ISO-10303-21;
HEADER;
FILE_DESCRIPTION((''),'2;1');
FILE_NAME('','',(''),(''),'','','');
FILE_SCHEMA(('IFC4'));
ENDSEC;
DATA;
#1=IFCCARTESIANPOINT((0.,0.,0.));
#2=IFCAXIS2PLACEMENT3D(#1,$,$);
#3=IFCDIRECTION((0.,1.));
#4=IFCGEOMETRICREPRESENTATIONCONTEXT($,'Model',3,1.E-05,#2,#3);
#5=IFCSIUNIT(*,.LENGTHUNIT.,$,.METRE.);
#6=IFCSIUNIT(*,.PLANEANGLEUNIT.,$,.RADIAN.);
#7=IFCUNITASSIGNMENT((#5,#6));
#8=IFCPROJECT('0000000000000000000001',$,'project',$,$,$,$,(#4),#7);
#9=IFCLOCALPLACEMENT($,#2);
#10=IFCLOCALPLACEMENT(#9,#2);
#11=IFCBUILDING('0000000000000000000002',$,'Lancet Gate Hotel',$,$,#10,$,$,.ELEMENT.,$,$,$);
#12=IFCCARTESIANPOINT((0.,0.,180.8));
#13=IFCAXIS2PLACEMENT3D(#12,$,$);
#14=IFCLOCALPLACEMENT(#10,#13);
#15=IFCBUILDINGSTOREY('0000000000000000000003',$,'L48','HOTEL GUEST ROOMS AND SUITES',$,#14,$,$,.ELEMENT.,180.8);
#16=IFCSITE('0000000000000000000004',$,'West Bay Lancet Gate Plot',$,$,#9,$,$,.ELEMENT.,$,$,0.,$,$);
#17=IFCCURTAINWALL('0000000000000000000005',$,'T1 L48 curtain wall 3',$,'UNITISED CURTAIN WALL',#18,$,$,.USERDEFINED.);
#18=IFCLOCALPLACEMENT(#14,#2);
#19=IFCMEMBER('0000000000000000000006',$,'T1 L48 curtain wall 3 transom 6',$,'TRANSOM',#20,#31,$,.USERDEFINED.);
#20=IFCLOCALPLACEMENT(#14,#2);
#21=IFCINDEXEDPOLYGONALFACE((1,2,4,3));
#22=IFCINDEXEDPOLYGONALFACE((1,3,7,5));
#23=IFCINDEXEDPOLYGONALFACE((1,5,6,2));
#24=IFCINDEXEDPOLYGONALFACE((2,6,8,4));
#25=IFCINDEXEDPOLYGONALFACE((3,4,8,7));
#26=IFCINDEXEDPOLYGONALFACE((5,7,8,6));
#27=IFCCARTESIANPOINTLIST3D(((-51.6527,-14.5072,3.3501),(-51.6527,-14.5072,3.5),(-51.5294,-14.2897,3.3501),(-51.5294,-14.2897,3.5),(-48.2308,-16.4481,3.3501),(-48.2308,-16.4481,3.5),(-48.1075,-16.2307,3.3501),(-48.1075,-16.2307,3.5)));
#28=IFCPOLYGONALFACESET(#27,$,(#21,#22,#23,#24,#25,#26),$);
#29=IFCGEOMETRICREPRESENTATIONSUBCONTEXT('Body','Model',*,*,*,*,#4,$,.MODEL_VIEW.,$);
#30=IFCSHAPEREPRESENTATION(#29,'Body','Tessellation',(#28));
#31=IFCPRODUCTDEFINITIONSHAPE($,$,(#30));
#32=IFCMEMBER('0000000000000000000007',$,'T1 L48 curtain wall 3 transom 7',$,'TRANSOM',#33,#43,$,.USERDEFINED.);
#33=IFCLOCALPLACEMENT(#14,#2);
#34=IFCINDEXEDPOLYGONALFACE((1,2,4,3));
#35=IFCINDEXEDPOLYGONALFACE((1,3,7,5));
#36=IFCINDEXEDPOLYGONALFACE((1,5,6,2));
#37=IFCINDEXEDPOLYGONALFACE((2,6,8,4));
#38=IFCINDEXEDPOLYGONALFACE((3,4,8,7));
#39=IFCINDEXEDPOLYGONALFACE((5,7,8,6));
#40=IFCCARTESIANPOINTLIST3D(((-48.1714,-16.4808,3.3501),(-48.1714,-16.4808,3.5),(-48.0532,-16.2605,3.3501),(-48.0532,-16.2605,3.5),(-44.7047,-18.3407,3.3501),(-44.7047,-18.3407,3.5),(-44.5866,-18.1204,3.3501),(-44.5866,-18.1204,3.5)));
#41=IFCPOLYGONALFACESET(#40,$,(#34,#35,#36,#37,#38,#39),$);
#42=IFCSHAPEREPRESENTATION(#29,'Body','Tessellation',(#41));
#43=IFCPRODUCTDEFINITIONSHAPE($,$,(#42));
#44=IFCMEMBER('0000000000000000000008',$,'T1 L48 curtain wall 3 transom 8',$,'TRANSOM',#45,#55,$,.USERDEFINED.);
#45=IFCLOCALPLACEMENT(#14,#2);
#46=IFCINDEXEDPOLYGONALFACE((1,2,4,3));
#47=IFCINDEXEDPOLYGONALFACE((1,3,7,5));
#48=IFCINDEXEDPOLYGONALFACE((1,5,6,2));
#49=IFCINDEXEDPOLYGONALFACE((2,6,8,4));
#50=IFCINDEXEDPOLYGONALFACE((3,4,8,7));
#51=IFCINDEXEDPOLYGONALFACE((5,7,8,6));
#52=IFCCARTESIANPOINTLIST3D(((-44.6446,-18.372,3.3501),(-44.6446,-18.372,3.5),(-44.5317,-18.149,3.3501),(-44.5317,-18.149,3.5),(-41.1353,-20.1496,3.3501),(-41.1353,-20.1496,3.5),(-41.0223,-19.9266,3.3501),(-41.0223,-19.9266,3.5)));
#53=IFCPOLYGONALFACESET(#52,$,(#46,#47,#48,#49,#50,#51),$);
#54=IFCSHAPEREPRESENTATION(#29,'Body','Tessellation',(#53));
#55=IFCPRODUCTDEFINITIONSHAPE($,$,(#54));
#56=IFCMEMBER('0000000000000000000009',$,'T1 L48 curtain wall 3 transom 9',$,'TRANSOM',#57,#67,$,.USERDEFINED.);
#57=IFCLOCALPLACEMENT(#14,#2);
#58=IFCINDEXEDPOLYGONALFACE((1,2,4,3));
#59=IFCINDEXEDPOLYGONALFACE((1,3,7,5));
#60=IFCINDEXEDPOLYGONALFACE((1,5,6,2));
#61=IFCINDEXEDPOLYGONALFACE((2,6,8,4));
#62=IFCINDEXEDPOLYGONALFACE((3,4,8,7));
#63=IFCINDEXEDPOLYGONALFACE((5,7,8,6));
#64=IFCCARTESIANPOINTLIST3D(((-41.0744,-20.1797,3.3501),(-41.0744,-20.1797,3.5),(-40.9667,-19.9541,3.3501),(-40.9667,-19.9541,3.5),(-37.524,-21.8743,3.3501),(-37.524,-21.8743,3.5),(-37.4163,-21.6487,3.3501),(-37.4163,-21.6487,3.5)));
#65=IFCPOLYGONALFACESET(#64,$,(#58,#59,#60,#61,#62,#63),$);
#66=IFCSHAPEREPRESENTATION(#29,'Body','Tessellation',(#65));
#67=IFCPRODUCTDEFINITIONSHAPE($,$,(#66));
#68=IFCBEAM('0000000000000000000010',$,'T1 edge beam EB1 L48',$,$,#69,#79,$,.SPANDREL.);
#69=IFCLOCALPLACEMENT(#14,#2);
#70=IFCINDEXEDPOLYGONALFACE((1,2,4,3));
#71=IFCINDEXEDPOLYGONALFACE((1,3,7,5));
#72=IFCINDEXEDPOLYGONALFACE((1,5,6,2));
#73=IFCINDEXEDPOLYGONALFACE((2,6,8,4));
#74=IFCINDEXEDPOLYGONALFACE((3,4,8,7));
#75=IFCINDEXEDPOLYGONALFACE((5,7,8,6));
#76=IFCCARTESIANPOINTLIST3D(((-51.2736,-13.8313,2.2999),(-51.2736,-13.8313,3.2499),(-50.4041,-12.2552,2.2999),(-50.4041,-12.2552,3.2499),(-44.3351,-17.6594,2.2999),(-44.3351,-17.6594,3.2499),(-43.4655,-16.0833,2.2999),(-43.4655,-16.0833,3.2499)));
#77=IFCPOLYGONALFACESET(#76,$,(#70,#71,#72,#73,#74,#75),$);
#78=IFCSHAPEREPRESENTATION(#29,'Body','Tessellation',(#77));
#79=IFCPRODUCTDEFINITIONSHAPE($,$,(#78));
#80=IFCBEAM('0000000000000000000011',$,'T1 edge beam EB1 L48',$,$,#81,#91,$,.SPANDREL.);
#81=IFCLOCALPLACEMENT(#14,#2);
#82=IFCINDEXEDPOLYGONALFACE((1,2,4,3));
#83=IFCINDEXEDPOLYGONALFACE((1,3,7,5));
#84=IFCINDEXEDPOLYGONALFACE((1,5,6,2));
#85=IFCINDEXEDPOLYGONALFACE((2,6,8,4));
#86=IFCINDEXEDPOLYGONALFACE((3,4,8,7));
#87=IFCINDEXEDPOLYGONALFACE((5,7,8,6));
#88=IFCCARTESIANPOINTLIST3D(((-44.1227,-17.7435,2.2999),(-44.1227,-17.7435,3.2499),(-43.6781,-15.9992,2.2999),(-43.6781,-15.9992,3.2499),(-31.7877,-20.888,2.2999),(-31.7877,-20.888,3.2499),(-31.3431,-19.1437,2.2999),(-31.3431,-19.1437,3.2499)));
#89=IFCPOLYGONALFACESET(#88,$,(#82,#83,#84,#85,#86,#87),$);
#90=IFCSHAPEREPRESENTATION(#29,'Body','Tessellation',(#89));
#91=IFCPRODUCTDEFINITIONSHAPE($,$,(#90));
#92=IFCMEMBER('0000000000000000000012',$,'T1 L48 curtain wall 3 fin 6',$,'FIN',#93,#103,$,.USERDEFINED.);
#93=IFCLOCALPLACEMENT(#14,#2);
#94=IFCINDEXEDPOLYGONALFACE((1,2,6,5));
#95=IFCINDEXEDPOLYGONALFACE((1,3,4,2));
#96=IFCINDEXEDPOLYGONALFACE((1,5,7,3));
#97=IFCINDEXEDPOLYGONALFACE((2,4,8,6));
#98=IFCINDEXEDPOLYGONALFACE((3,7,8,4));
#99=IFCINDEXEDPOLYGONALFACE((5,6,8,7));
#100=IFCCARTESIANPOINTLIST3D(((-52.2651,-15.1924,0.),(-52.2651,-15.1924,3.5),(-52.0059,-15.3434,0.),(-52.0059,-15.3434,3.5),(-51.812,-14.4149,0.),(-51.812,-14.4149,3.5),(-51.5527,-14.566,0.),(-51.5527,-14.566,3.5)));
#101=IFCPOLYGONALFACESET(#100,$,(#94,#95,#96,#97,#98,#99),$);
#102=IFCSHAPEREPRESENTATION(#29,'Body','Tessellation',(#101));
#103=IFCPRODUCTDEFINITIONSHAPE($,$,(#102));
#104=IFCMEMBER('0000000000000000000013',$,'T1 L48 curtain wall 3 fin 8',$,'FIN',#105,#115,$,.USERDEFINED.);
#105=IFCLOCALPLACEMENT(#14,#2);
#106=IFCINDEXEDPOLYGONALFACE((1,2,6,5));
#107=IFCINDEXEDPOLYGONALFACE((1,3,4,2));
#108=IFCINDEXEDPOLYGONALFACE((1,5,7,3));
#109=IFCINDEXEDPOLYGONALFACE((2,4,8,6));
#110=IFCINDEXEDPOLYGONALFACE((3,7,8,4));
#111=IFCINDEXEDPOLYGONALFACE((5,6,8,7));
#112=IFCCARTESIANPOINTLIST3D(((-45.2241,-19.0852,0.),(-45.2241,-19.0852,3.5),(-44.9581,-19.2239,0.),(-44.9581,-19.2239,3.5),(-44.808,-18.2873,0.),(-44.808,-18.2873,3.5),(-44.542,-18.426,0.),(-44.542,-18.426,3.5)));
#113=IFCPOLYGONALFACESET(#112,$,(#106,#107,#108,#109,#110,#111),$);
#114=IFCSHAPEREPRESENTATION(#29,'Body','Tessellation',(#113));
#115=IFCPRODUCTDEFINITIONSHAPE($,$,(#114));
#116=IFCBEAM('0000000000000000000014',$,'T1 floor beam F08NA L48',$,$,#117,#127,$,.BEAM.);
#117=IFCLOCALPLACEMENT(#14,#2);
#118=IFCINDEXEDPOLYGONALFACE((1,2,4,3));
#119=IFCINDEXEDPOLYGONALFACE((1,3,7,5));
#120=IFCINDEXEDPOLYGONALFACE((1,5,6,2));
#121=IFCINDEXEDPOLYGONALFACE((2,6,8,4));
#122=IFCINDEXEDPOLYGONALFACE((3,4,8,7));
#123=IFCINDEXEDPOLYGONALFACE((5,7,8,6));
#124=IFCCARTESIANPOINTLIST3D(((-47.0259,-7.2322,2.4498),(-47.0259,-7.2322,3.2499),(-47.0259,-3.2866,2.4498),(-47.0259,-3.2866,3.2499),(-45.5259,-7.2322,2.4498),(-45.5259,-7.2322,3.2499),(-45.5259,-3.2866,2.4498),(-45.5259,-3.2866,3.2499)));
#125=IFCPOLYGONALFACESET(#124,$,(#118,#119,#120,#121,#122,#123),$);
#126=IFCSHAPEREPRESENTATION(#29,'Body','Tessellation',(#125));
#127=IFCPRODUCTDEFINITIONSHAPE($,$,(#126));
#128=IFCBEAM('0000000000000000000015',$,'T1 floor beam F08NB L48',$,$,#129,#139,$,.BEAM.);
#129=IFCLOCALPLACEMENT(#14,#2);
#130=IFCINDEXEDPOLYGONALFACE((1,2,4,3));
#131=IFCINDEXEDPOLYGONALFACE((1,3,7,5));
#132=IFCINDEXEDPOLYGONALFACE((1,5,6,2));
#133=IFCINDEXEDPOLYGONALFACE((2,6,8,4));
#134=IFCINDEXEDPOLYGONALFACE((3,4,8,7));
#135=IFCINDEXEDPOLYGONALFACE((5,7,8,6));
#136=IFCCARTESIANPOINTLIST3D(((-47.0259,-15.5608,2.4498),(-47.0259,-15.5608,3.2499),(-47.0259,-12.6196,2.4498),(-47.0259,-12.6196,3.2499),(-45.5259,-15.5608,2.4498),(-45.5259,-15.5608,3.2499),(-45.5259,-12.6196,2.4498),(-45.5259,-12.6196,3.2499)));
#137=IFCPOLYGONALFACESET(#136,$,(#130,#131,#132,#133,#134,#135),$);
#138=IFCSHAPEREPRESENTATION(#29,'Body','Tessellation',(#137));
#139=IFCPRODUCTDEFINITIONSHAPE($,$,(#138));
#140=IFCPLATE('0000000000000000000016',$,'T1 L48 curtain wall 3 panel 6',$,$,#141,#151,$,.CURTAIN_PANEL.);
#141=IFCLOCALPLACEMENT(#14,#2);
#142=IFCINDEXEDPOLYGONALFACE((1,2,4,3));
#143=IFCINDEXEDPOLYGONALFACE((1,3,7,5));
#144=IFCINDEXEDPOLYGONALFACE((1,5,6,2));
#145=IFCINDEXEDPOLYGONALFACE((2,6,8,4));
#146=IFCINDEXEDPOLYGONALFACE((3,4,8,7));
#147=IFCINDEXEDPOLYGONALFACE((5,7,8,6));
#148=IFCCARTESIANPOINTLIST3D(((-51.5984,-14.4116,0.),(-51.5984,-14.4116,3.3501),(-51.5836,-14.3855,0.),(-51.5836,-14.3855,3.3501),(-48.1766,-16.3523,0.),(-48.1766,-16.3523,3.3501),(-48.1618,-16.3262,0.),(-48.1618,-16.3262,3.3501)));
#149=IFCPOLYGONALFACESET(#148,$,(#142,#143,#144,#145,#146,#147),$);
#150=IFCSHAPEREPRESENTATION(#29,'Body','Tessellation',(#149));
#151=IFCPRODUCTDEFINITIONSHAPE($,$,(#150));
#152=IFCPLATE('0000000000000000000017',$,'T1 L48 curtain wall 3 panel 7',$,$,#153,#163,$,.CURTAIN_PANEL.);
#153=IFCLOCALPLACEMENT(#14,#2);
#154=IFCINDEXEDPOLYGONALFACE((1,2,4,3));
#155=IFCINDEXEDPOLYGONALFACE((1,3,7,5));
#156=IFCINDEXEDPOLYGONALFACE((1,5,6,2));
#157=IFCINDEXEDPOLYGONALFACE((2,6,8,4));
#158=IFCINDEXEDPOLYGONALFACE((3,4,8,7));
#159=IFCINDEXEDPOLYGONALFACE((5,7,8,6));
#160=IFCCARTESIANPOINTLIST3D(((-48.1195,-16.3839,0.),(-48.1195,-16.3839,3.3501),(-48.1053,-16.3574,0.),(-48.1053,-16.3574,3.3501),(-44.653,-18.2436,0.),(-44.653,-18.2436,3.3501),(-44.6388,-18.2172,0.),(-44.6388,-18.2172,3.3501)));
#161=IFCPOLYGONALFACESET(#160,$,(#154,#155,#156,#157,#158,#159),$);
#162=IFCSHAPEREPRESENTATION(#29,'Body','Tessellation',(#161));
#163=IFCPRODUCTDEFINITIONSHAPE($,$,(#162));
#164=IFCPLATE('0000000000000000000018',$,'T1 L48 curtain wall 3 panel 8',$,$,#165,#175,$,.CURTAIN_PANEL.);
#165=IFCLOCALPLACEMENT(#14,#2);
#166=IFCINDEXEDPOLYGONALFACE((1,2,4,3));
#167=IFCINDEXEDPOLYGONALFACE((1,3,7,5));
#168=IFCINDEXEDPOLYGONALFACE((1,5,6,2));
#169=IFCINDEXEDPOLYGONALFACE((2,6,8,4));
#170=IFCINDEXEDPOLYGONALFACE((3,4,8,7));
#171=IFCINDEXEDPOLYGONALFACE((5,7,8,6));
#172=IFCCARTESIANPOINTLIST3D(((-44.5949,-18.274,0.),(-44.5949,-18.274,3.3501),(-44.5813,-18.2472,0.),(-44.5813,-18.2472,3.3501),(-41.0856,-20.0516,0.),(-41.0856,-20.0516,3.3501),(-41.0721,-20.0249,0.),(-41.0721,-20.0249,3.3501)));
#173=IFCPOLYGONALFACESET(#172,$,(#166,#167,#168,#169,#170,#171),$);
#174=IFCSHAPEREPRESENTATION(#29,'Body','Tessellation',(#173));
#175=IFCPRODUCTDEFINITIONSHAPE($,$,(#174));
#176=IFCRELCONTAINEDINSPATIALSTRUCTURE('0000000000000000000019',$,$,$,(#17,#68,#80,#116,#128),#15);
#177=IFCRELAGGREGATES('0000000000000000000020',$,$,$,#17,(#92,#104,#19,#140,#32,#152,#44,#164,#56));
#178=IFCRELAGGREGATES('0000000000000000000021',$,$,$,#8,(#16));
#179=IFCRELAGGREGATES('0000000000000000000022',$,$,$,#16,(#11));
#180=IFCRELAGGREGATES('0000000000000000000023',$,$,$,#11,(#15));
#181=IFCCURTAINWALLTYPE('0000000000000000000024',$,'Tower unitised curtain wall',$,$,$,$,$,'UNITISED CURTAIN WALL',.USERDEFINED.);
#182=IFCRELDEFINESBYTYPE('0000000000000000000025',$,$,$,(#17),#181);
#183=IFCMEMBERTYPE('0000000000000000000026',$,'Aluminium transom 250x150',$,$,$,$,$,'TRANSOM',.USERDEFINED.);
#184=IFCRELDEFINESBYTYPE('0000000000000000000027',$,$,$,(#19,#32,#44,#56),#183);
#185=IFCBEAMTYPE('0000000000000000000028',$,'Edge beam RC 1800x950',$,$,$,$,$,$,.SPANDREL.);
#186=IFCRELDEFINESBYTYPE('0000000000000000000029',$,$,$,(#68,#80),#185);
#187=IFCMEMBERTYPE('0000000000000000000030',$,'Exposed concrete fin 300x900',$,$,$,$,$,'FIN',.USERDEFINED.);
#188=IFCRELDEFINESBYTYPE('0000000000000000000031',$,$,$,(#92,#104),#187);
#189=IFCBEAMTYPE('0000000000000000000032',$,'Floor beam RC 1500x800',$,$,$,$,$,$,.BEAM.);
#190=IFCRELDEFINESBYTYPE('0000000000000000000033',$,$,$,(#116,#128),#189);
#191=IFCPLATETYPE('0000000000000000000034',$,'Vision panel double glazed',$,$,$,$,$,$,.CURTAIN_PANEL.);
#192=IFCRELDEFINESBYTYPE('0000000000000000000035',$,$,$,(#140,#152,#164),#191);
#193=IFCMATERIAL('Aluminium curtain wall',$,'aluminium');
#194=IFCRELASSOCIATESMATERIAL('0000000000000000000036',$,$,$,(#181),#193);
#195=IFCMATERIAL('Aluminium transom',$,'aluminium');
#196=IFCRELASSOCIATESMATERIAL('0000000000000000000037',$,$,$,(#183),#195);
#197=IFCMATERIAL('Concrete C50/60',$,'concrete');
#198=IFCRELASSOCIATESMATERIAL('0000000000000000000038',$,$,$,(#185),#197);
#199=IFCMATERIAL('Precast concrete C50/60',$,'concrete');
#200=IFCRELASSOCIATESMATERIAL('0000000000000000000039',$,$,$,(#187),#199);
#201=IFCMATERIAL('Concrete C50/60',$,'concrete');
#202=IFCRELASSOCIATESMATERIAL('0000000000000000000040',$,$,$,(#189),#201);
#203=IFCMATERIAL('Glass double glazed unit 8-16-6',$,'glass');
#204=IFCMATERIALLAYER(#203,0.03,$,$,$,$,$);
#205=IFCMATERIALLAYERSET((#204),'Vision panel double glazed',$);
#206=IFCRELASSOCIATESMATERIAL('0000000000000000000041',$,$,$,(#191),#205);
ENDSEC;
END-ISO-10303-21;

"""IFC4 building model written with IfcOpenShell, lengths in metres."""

from ifc_helpers import new_model, si_unit, direction, frame, origin, origin_2d, place, context, subcontext, project, spatial, rectangle, extrude, material, layer, layer_set, material_profile, profile_set, type_object, element, aggregate, save


model = new_model("IFC4")

# Units and contexts
model_context = context("Model", 3, precision=1e-05, world=origin(), true_north=direction((0.0, 1.0)))
body_context = subcontext(model_context, "Body", "Model", "MODEL_VIEW")
ifc_project = project(units=[si_unit("LENGTHUNIT", "METRE"), si_unit("PLANEANGLEUNIT", "RADIAN")], contexts=[model_context])

# Site, building, storey
site_placement = place(None, origin())
site = spatial("IfcSite", under=ifc_project, at=site_placement, Name="West Bay Lancet Gate Plot", CompositionType="ELEMENT", RefElevation=0.0)
building_placement = place(site_placement, origin())
building = spatial("IfcBuilding", under=site, at=building_placement, Name="Lancet Gate Hotel", CompositionType="ELEMENT")
storey_placement = place(building_placement, frame((0.0, 0.0, 180.8)))
storey = spatial("IfcBuildingStorey", under=building, at=storey_placement, Name="L48", Description="HOTEL GUEST ROOMS AND SUITES", CompositionType="ELEMENT", Elevation=180.8)

# Curtain wall, members
ifc_material_1 = material(Name="Aluminium curtain wall", Category="aluminium")
curtain_wall_type = type_object("IfcCurtainWallType", Name="Tower unitised curtain wall", ElementType="UNITISED CURTAIN WALL", PredefinedType="USERDEFINED", material=ifc_material_1)
curtain_wall_placement = place(storey_placement, origin())
curtain_wall = element("IfcCurtainWall", 1, at=curtain_wall_placement, inside=storey, type_object=curtain_wall_type, Name="T1 L48 curtain wall 3", ObjectType="UNITISED CURTAIN WALL", PredefinedType="USERDEFINED")
ifc_material_2 = material(Name="Aluminium transom", Category="aluminium")
ifc_material_profile_1 = material_profile(ifc_material_2, rectangle(XDim=0.25, YDim=0.1499, at=origin_2d()), Name="TRANSOM 250x150")
ifc_profile_set_1 = profile_set([ifc_material_profile_1], Name="Aluminium transom")
member_type_1 = type_object("IfcMemberType", Name="Aluminium transom 250x150", ElementType="TRANSOM", PredefinedType="USERDEFINED", material=ifc_profile_set_1)
member_1_placement = place(storey_placement, frame((-51.5911, -14.3984, 3.425), z_axis=(0.86982, -0.49337, 0.0), x_axis=(0.49337, 0.86982, 0.0)))
member_1 = element("IfcMember", 2, at=member_1_placement, type_object=member_type_1, Name="T1 L48 curtain wall 3 transom 6", ObjectType="TRANSOM", PredefinedType="USERDEFINED", context=body_context, shape_type="SweptSolid", body=[
    extrude(rectangle(XDim=0.25, YDim=0.1499, at=origin_2d()), origin(), (0.0, 0.0, 1.0), 3.9341),
])
member_2_placement = place(storey_placement, frame((-48.1123, -16.3706, 3.425), z_axis=(0.881185, -0.472771, 0.0), x_axis=(0.472771, 0.881185, 0.0)))
member_2 = element("IfcMember", 3, at=member_2_placement, type_object=member_type_1, Name="T1 L48 curtain wall 3 transom 7", ObjectType="TRANSOM", PredefinedType="USERDEFINED", context=body_context, shape_type="SweptSolid", body=[
    extrude(rectangle(XDim=0.25, YDim=0.1499, at=origin_2d()), origin(), (0.0, 0.0, 1.0), 3.9341),
])
member_3_placement = place(storey_placement, frame((-44.5881, -18.2605, 3.425), z_axis=(0.892081, -0.451875, 0.0), x_axis=(0.451875, 0.892081, 0.0)))
member_3 = element("IfcMember", 4, at=member_3_placement, type_object=member_type_1, Name="T1 L48 curtain wall 3 transom 8", ObjectType="TRANSOM", PredefinedType="USERDEFINED", context=body_context, shape_type="SweptSolid", body=[
    extrude(rectangle(XDim=0.25, YDim=0.1499, at=origin_2d()), origin(), (0.0, 0.0, 1.0), 3.9338),
])
member_4_placement = place(storey_placement, frame((-41.0205, -20.0669, 3.425), z_axis=(0.902469, -0.430755, 0.0), x_axis=(0.430755, 0.902469, 0.0)))
member_4 = element("IfcMember", 5, at=member_4_placement, type_object=member_type_1, Name="T1 L48 curtain wall 3 transom 9", ObjectType="TRANSOM", PredefinedType="USERDEFINED", context=body_context, shape_type="SweptSolid", body=[
    extrude(rectangle(XDim=0.25, YDim=0.1499, at=origin_2d()), origin(), (0.0, 0.0, 1.0), 3.9341),
])

# Beams
ifc_material_3 = material(Name="Concrete C50/60", Category="concrete")
ifc_material_profile_2 = material_profile(ifc_material_3, rectangle(XDim=1.8, YDim=0.95, at=origin_2d()), Name="RC 1800x950")
ifc_profile_set_2 = profile_set([ifc_material_profile_2], Name="Concrete C50/60")
beam_type_1 = type_object("IfcBeamType", Name="Edge beam RC 1800x950", PredefinedType="SPANDREL", material=ifc_profile_set_2)
beam_1_placement = place(storey_placement, frame((-50.8389, -13.0432, 2.7749), z_axis=(0.875578, -0.483077, 0.0), x_axis=(0.483077, 0.875578, 0.0)))
element("IfcBeam", 6, at=beam_1_placement, inside=storey, type_object=beam_type_1, Name="T1 edge beam EB1 L48", PredefinedType="SPANDREL", context=body_context, shape_type="SweptSolid", body=[
    extrude(rectangle(XDim=1.8, YDim=0.95, at=origin_2d()), origin(), (0.0, 0.0, 1.0), 7.9246),
])
beam_2_placement = place(storey_placement, frame((-43.9004, -16.8713, 2.7749), z_axis=(0.969008, -0.247028, 0.0), x_axis=(0.247028, 0.969008, 0.0)))
element("IfcBeam", 7, at=beam_2_placement, inside=storey, type_object=beam_type_1, Name="T1 edge beam EB1 L48", PredefinedType="SPANDREL", context=body_context, shape_type="SweptSolid", body=[
    extrude(rectangle(XDim=1.8, YDim=0.95, at=origin_2d()), origin(), (0.0, 0.0, 1.0), 12.7295),
])

# Members
ifc_material_4 = material(Name="Precast concrete C50/60", Category="concrete")
ifc_material_profile_3 = material_profile(ifc_material_4, rectangle(XDim=0.3, YDim=0.8999, at=origin_2d()), Name="FIN 300x900")
ifc_profile_set_3 = profile_set([ifc_material_profile_3], Name="Precast concrete C50/60")
member_type_2 = type_object("IfcMemberType", Name="Exposed concrete fin 300x900", ElementType="FIN", PredefinedType="USERDEFINED", material=ifc_profile_set_3)
member_5_placement = place(storey_placement, frame((-51.9089, -14.8792, 0.0), z_axis=(0.0, 0.0, 1.0), x_axis=(0.863969, -0.503545, 0.0)))
member_5 = element("IfcMember", 8, at=member_5_placement, type_object=member_type_2, Name="T1 L48 curtain wall 3 fin 6", ObjectType="FIN", PredefinedType="USERDEFINED", context=body_context, shape_type="SweptSolid", body=[
    extrude(rectangle(XDim=0.3, YDim=0.8999, at=origin_2d()), origin(), (0.0, 0.0, 1.0), 3.5),
])
member_6_placement = place(storey_placement, frame((-44.8831, -18.7556, 0.0), z_axis=(0.0, 0.0, 1.0), x_axis=(0.886694, -0.462356, 0.0)))
member_6 = element("IfcMember", 9, at=member_6_placement, type_object=member_type_2, Name="T1 L48 curtain wall 3 fin 8", ObjectType="FIN", PredefinedType="USERDEFINED", context=body_context, shape_type="SweptSolid", body=[
    extrude(rectangle(XDim=0.3, YDim=0.8999, at=origin_2d()), origin(), (0.0, 0.0, 1.0), 3.5),
])

# Beams
ifc_material_5 = material(Name="Concrete C50/60", Category="concrete")
ifc_material_profile_4 = material_profile(ifc_material_5, rectangle(XDim=1.5, YDim=0.8, at=origin_2d()), Name="RC 1500x800")
ifc_profile_set_4 = profile_set([ifc_material_profile_4], Name="Concrete C50/60")
beam_type_2 = type_object("IfcBeamType", Name="Floor beam RC 1500x800", PredefinedType="BEAM", material=ifc_profile_set_4)
beam_3_placement = place(storey_placement, frame((-46.2759, -3.2866, 2.8499), z_axis=(0.0, -1.0, 0.0), x_axis=(1.0, 0.0, 0.0)))
element("IfcBeam", 10, at=beam_3_placement, inside=storey, type_object=beam_type_2, Name="T1 floor beam F08NA L48", PredefinedType="BEAM", context=body_context, shape_type="SweptSolid", body=[
    extrude(rectangle(XDim=1.5, YDim=0.8, at=origin_2d()), origin(), (0.0, 0.0, 1.0), 3.9456),
])
beam_4_placement = place(storey_placement, frame((-46.2759, -12.6196, 2.8499), z_axis=(0.0, -1.0, 0.0), x_axis=(1.0, 0.0, 0.0)))
element("IfcBeam", 11, at=beam_4_placement, inside=storey, type_object=beam_type_2, Name="T1 floor beam F08NB L48", PredefinedType="BEAM", context=body_context, shape_type="SweptSolid", body=[
    extrude(rectangle(XDim=1.5, YDim=0.8, at=origin_2d()), origin(), (0.0, 0.0, 1.0), 2.9412),
])

# Plates
ifc_material_6 = material(Name="Glass double glazed unit 8-16-6", Category="glass")
ifc_layer_1 = layer(ifc_material_6, 0.03)
ifc_layer_set_1 = layer_set([ifc_layer_1], Name="Vision panel double glazed")
plate_type = type_object("IfcPlateType", Name="Vision panel double glazed", PredefinedType="CURTAIN_PANEL", material=ifc_layer_set_1)
plate_1_placement = place(storey_placement, frame((-49.8801, -15.3689, 0.0), z_axis=(0.0, 0.0, 1.0), x_axis=(0.869831, -0.493349, 0.0)))
plate_1 = element("IfcPlate", 12, at=plate_1_placement, type_object=plate_type, Name="T1 L48 curtain wall 3 panel 6", PredefinedType="CURTAIN_PANEL", context=body_context, shape_type="SweptSolid", body=[
    extrude(rectangle(XDim=3.9338, YDim=0.03, at=origin_2d()), origin(), (0.0, 0.0, 1.0), 3.3501),
])
plate_2_placement = place(storey_placement, frame((-46.3792, -17.3005, 0.0), z_axis=(0.0, 0.0, 1.0), x_axis=(0.881195, -0.472753, 0.0)))
plate_2 = element("IfcPlate", 13, at=plate_2_placement, type_object=plate_type, Name="T1 L48 curtain wall 3 panel 7", PredefinedType="CURTAIN_PANEL", context=body_context, shape_type="SweptSolid", body=[
    extrude(rectangle(XDim=3.9338, YDim=0.03, at=origin_2d()), origin(), (0.0, 0.0, 1.0), 3.3501),
])
plate_3_placement = place(storey_placement, frame((-42.8335, -19.1494, 0.0), z_axis=(0.0, 0.0, 1.0), x_axis=(0.892071, -0.451895, 0.0)))
plate_3 = element("IfcPlate", 14, at=plate_3_placement, type_object=plate_type, Name="T1 L48 curtain wall 3 panel 8", PredefinedType="CURTAIN_PANEL", context=body_context, shape_type="SweptSolid", body=[
    extrude(rectangle(XDim=3.9338, YDim=0.03, at=origin_2d()), origin(), (0.0, 0.0, 1.0), 3.3501),
])
aggregate(curtain_wall, [member_5, member_6, member_1, plate_1, member_2, plate_2, member_3, plate_3, member_4])

save(model, "model.ifc")
